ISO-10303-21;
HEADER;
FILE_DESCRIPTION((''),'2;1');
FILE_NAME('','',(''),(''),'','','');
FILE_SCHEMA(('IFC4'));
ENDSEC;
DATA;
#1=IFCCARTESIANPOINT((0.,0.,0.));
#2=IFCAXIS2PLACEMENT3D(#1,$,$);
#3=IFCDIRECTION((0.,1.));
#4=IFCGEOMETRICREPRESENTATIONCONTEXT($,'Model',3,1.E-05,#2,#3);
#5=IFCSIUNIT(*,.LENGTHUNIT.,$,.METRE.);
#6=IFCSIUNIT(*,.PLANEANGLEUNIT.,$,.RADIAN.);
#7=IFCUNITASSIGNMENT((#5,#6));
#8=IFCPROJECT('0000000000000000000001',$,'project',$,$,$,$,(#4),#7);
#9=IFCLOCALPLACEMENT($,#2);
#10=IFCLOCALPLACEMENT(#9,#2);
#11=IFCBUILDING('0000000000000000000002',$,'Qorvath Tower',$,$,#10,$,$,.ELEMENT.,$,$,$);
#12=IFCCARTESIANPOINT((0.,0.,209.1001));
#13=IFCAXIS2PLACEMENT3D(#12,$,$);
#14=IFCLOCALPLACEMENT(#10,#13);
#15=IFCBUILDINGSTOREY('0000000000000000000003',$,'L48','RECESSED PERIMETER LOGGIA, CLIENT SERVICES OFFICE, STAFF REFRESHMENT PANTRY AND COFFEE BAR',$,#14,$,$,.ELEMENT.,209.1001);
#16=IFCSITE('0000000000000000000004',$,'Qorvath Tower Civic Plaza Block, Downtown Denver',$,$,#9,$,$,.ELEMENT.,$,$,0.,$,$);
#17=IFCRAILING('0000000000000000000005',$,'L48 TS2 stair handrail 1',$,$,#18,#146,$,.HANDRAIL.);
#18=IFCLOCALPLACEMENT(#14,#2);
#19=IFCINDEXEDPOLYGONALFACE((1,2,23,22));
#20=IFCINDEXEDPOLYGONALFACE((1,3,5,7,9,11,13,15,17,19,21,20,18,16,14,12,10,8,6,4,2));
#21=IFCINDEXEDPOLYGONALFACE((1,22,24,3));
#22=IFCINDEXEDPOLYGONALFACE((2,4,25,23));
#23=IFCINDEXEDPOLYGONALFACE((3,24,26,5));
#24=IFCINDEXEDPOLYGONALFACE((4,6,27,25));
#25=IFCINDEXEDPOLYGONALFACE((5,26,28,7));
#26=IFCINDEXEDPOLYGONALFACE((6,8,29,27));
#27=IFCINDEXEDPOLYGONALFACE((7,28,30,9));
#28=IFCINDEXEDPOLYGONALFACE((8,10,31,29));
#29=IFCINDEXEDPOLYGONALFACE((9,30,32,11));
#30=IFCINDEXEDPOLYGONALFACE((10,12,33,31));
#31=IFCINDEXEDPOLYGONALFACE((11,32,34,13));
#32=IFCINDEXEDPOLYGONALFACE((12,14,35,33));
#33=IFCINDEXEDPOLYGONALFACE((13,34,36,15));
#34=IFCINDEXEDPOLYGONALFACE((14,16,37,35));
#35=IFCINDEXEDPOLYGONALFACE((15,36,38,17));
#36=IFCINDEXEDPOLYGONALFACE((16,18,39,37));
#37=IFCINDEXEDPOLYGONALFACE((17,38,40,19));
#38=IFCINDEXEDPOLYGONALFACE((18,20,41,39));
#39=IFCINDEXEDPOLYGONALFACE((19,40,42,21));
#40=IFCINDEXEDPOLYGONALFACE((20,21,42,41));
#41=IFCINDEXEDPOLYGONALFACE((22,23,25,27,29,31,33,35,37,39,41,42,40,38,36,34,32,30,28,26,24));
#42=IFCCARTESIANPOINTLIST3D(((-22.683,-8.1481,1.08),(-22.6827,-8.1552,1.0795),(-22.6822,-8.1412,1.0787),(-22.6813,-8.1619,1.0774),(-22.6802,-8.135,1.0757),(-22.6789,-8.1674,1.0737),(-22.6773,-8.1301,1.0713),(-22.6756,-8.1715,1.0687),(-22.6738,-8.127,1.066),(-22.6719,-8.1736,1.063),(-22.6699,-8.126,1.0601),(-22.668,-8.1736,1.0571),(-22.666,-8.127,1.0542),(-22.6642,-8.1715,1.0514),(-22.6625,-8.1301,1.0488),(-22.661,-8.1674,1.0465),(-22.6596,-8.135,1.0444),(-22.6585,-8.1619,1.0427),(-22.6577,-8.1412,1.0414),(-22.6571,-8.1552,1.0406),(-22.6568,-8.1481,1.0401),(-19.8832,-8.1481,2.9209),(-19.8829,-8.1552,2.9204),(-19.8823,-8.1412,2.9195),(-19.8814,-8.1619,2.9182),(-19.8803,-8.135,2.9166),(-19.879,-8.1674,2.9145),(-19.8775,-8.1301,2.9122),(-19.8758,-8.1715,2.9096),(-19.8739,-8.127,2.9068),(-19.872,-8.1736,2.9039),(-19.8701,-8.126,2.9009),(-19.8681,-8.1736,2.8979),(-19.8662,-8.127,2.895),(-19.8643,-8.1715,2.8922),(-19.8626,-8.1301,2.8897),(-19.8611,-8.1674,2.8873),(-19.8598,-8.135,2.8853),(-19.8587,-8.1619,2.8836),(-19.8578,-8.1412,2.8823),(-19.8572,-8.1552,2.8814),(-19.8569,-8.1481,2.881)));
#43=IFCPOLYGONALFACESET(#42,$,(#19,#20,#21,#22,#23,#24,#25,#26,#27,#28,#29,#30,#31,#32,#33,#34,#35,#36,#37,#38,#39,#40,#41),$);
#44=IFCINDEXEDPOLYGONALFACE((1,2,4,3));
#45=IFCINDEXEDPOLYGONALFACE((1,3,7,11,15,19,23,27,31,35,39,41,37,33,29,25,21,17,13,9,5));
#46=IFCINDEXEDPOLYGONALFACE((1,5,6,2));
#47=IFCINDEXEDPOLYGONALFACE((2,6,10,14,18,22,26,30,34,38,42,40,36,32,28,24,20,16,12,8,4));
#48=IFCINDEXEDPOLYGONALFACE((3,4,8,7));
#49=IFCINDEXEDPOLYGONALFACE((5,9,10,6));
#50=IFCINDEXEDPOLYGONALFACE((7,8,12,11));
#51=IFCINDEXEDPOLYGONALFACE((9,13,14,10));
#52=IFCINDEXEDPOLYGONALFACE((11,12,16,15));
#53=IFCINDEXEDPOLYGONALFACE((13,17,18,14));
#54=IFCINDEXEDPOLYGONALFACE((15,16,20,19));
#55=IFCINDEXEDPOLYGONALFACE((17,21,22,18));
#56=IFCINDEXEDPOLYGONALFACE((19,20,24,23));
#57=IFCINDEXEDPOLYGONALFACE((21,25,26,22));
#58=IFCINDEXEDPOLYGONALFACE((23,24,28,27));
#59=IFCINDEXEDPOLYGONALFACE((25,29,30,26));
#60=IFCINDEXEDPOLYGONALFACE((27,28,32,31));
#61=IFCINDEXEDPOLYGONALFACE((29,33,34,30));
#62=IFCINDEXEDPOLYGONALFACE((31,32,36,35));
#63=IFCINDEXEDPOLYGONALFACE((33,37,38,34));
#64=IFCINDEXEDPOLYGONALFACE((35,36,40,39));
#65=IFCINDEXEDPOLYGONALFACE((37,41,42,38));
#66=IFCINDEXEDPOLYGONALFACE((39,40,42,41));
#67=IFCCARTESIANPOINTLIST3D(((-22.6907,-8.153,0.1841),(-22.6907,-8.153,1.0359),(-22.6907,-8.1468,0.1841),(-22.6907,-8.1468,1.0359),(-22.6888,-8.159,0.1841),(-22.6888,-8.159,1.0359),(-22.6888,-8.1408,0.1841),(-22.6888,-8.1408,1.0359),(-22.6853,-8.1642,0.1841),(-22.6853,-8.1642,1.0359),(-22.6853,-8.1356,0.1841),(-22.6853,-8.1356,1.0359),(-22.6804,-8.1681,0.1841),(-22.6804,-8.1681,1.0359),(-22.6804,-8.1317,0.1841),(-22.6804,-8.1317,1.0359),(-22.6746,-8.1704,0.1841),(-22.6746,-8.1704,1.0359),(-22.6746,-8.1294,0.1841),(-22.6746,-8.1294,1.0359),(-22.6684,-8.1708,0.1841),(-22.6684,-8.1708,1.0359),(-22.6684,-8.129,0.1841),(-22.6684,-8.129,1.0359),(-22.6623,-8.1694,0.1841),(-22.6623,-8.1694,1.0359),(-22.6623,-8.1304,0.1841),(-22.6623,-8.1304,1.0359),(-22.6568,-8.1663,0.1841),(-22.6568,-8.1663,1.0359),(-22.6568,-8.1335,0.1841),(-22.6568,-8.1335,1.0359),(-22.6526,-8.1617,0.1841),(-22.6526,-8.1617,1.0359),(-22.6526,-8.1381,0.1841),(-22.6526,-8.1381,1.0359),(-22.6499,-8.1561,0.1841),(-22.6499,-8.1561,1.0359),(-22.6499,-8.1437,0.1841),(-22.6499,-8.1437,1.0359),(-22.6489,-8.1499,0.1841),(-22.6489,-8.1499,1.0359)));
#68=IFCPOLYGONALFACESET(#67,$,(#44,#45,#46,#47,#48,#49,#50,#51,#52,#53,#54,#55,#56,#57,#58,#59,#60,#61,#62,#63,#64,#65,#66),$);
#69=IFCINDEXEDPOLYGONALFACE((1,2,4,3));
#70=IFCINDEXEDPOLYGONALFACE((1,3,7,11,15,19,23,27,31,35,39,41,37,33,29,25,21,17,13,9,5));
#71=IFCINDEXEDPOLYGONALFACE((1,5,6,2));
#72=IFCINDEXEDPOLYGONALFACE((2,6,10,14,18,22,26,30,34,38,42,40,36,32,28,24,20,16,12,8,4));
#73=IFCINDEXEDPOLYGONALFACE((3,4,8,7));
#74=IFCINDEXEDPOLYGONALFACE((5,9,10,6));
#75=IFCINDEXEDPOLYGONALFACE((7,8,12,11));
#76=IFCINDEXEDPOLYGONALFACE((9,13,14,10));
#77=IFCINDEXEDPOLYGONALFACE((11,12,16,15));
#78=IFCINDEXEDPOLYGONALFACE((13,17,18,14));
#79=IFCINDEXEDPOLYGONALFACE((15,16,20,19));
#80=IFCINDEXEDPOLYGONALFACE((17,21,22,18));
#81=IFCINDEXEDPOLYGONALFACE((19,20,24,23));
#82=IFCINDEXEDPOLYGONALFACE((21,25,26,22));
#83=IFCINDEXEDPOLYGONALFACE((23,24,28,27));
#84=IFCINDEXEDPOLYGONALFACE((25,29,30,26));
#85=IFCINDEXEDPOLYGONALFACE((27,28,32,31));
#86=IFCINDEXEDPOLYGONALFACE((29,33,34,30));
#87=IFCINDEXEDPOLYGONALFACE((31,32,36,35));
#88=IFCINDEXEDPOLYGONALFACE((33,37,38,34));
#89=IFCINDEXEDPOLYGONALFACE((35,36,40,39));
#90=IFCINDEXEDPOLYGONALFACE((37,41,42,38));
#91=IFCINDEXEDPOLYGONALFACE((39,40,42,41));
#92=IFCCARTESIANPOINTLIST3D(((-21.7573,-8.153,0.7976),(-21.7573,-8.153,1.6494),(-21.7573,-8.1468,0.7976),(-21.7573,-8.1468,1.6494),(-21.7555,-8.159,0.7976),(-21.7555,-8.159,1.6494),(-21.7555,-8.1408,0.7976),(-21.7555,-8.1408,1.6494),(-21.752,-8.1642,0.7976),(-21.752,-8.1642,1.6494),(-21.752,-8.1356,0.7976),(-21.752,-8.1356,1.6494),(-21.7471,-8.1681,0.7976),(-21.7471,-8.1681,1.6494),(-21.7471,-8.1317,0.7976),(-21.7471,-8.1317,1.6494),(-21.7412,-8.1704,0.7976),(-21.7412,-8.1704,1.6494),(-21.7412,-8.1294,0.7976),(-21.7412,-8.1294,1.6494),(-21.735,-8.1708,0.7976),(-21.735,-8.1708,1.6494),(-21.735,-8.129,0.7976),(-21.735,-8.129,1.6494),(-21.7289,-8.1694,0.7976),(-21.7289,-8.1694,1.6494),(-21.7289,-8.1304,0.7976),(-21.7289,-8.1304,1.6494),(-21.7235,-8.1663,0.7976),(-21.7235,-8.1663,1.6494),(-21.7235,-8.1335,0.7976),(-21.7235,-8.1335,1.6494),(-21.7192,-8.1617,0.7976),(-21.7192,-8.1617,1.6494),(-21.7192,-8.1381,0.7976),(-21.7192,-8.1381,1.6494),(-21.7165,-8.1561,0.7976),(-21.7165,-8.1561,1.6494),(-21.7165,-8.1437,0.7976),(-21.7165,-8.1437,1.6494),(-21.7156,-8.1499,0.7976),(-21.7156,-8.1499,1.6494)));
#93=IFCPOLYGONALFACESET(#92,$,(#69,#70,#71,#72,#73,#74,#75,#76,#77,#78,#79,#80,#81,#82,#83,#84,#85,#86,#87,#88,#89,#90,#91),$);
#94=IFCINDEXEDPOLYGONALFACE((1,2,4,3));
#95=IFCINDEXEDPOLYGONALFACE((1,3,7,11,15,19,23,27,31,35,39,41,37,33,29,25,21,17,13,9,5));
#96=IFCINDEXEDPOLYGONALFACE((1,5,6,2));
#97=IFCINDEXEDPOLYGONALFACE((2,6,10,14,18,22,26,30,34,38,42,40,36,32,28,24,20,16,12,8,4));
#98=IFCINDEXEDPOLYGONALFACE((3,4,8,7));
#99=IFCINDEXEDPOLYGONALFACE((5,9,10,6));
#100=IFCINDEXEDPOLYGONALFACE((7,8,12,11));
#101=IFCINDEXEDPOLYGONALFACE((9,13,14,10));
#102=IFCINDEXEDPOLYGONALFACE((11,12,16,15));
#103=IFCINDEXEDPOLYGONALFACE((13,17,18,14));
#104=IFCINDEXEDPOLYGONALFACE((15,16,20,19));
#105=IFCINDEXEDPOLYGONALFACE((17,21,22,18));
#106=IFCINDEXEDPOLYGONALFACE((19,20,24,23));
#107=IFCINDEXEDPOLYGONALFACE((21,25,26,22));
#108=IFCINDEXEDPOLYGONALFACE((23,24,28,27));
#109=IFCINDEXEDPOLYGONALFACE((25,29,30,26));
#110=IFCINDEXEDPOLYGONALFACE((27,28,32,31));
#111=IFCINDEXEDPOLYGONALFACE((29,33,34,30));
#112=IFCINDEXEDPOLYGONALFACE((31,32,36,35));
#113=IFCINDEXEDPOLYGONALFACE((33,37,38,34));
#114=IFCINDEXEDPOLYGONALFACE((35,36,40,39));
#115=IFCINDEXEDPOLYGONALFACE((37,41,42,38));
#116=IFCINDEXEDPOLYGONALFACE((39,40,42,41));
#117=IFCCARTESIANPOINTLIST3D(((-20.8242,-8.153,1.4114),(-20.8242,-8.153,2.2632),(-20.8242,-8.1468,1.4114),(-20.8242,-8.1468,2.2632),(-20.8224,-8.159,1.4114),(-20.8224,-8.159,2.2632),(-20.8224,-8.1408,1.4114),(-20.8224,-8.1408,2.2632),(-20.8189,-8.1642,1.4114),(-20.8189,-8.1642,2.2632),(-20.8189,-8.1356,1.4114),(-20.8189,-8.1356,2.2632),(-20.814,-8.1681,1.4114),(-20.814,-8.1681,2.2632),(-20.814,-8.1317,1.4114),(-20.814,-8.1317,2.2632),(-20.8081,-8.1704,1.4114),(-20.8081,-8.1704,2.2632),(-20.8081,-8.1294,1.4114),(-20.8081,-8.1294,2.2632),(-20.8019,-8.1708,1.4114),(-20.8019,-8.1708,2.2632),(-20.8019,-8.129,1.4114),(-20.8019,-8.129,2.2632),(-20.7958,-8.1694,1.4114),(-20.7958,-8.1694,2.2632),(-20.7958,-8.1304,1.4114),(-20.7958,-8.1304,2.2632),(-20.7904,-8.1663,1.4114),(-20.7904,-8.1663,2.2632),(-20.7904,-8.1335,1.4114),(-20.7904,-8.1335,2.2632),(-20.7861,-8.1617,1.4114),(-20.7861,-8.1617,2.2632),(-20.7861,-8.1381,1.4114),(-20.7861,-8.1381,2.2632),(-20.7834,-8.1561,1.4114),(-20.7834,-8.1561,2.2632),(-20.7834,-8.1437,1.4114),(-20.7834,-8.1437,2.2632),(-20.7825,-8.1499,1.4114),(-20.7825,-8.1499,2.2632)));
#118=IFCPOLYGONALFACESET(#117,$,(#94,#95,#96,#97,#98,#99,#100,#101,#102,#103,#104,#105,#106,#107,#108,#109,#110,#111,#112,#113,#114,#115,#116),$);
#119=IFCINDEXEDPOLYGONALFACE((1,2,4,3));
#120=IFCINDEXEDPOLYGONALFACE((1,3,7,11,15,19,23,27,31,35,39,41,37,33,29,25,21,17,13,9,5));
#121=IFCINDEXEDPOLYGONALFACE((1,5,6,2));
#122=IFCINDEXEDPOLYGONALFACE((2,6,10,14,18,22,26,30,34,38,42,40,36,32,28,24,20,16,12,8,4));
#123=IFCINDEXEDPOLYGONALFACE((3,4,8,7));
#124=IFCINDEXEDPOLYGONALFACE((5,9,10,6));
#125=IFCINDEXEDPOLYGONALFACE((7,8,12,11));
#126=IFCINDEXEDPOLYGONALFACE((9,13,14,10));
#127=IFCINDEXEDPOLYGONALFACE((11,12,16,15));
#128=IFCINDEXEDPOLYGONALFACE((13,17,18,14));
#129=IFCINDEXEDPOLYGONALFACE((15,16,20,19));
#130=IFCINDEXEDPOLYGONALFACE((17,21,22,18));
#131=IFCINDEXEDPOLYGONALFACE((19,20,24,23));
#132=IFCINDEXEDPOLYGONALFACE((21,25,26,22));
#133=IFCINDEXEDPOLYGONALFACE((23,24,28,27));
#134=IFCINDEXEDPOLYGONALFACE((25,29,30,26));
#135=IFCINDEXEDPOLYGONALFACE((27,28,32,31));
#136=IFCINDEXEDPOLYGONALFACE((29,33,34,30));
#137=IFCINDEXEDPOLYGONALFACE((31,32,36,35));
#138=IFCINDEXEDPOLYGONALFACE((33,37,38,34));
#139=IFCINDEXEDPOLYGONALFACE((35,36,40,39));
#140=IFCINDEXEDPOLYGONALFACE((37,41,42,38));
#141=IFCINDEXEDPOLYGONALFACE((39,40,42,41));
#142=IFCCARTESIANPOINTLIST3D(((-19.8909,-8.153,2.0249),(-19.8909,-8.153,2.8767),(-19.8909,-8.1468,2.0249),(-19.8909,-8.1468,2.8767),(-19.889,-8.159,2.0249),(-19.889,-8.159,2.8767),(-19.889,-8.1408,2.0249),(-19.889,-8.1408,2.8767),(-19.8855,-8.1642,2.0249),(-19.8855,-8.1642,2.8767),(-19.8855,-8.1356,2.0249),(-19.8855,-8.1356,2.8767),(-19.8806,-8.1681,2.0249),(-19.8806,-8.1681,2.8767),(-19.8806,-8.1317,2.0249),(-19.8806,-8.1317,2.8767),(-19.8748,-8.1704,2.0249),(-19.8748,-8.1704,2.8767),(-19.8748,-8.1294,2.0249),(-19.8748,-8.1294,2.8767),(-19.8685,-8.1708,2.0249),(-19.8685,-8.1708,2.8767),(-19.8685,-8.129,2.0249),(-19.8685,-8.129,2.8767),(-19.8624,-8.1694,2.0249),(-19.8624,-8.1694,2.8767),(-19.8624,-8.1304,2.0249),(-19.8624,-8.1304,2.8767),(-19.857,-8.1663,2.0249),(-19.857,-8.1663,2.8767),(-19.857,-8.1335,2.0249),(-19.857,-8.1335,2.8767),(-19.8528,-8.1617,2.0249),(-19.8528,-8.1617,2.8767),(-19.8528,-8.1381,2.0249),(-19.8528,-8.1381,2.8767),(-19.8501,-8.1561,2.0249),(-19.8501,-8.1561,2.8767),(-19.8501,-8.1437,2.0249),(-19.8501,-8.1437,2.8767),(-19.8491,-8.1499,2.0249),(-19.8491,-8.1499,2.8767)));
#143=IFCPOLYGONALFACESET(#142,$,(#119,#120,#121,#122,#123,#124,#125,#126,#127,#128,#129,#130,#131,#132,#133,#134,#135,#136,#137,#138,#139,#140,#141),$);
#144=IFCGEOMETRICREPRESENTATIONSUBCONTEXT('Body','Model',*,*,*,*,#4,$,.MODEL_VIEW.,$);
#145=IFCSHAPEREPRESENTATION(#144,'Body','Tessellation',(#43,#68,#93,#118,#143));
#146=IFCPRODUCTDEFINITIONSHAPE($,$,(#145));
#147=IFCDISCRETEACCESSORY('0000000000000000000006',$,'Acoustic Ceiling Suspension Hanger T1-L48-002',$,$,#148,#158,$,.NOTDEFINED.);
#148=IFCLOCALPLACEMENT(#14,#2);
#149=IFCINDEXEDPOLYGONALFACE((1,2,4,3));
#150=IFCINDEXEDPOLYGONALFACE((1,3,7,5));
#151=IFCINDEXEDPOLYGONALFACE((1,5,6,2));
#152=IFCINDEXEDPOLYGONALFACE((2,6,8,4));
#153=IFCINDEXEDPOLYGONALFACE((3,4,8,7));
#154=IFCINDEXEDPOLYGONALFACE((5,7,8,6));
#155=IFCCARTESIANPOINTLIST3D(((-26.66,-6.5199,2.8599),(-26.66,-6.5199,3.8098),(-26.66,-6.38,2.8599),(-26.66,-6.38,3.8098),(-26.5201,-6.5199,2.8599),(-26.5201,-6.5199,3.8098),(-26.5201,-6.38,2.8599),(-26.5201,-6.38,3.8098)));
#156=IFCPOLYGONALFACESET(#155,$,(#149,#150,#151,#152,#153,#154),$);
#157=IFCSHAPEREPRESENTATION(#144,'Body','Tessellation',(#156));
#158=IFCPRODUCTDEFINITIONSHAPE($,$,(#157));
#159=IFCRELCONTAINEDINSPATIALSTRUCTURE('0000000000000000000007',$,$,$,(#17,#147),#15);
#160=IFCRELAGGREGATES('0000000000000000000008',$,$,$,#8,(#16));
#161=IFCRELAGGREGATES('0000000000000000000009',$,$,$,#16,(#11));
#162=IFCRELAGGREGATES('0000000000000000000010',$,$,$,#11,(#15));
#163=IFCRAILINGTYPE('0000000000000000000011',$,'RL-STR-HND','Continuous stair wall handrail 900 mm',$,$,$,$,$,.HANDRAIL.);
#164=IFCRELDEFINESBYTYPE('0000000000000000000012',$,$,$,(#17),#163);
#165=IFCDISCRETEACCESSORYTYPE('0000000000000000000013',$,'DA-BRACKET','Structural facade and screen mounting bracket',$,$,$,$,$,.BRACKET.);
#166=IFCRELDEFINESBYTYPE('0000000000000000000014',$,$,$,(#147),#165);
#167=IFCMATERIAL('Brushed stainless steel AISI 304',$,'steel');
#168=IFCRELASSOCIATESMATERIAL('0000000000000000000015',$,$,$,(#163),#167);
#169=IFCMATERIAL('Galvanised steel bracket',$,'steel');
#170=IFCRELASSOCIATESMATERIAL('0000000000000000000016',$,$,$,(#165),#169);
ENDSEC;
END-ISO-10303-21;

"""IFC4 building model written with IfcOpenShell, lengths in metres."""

from ifc_helpers import new_model, si_unit, direction, frame, origin, origin_2d, place, context, subcontext, project, spatial, rectangle, circle, extrude, material, type_object, element, save


model = new_model("IFC4")

# Units and contexts
model_context = context("Model", 3, precision=1e-05, world=origin(), true_north=direction((0.0, 1.0)))
body_context = subcontext(model_context, "Body", "Model", "MODEL_VIEW")
ifc_project = project(units=[si_unit("LENGTHUNIT", "METRE"), si_unit("PLANEANGLEUNIT", "RADIAN")], contexts=[model_context])

# Site, building, storey
site_placement = place(None, origin())
site = spatial("IfcSite", under=ifc_project, at=site_placement, Name="Qorvath Tower Civic Plaza Block, Downtown Denver", CompositionType="ELEMENT", RefElevation=0.0)
building_placement = place(site_placement, origin())
building = spatial("IfcBuilding", under=site, at=building_placement, Name="Qorvath Tower", CompositionType="ELEMENT")
storey_placement = place(building_placement, frame((0.0, 0.0, 209.1001)))
storey = spatial("IfcBuildingStorey", under=building, at=storey_placement, Name="L48", Description="RECESSED PERIMETER LOGGIA, CLIENT SERVICES OFFICE, STAFF REFRESHMENT PANTRY AND COFFEE BAR", CompositionType="ELEMENT", Elevation=209.1001)

# Railing
ifc_material_1 = material(Name="Brushed stainless steel AISI 304", Category="steel")
railing_type_1 = type_object("IfcRailingType", Name="RL-STR-HND", Description="Continuous stair wall handrail 900 mm", PredefinedType="HANDRAIL", material=ifc_material_1)
railing_1_placement = place(storey_placement, frame((-22.6699, -8.1499, 0.1841)))
element("IfcRailing", 1, at=railing_1_placement, inside=storey, type_object=railing_type_1, Name="L48 TS2 stair handrail 1", PredefinedType="HANDRAIL", context=body_context, shape_type="SweptSolid", body=[
    extrude(circle(Radius=0.0239, at=origin_2d()), frame((0.0, 0.0, 0.876), z_axis=(0.835576, 0.0, 0.549376), x_axis=(0.0, 1.0, 0.0)), (0.0, 0.0, 1.0), 3.3508),
    extrude(circle(Radius=0.021, at=origin_2d()), origin(), (0.0, 0.0, 1.0), 0.8518),
    extrude(circle(Radius=0.021, at=origin_2d()), frame((0.9333, 0.0, 0.6135)), (0.0, 0.0, 1.0), 0.8518),
    extrude(circle(Radius=0.021, at=origin_2d()), frame((1.8665, 0.0, 1.2273)), (0.0, 0.0, 1.0), 0.8518),
    extrude(circle(Radius=0.021, at=origin_2d()), frame((2.7998, 0.0, 1.8408)), (0.0, 0.0, 1.0), 0.8518),
])

# Discrete accessory
ifc_material_2 = material(Name="Galvanised steel bracket", Category="steel")
discrete_accessory_type = type_object("IfcDiscreteAccessoryType", Name="DA-BRACKET", Description="Structural facade and screen mounting bracket", PredefinedType="BRACKET", material=ifc_material_2)
discrete_accessory_placement = place(storey_placement, frame((-26.5901, -6.45, 2.8599), z_axis=(0.0, 0.0, 1.0), x_axis=(1.0, 0.0, 0.0)))
element("IfcDiscreteAccessory", 2, at=discrete_accessory_placement, inside=storey, type_object=discrete_accessory_type, Name="Acoustic Ceiling Suspension Hanger T1-L48-002", PredefinedType="NOTDEFINED", context=body_context, shape_type="SweptSolid", body=[
    extrude(rectangle(XDim=0.1399, YDim=0.1399, at=origin_2d()), origin(), (0.0, 0.0, 1.0), 0.95),
])

save(model, "model.ifc")
